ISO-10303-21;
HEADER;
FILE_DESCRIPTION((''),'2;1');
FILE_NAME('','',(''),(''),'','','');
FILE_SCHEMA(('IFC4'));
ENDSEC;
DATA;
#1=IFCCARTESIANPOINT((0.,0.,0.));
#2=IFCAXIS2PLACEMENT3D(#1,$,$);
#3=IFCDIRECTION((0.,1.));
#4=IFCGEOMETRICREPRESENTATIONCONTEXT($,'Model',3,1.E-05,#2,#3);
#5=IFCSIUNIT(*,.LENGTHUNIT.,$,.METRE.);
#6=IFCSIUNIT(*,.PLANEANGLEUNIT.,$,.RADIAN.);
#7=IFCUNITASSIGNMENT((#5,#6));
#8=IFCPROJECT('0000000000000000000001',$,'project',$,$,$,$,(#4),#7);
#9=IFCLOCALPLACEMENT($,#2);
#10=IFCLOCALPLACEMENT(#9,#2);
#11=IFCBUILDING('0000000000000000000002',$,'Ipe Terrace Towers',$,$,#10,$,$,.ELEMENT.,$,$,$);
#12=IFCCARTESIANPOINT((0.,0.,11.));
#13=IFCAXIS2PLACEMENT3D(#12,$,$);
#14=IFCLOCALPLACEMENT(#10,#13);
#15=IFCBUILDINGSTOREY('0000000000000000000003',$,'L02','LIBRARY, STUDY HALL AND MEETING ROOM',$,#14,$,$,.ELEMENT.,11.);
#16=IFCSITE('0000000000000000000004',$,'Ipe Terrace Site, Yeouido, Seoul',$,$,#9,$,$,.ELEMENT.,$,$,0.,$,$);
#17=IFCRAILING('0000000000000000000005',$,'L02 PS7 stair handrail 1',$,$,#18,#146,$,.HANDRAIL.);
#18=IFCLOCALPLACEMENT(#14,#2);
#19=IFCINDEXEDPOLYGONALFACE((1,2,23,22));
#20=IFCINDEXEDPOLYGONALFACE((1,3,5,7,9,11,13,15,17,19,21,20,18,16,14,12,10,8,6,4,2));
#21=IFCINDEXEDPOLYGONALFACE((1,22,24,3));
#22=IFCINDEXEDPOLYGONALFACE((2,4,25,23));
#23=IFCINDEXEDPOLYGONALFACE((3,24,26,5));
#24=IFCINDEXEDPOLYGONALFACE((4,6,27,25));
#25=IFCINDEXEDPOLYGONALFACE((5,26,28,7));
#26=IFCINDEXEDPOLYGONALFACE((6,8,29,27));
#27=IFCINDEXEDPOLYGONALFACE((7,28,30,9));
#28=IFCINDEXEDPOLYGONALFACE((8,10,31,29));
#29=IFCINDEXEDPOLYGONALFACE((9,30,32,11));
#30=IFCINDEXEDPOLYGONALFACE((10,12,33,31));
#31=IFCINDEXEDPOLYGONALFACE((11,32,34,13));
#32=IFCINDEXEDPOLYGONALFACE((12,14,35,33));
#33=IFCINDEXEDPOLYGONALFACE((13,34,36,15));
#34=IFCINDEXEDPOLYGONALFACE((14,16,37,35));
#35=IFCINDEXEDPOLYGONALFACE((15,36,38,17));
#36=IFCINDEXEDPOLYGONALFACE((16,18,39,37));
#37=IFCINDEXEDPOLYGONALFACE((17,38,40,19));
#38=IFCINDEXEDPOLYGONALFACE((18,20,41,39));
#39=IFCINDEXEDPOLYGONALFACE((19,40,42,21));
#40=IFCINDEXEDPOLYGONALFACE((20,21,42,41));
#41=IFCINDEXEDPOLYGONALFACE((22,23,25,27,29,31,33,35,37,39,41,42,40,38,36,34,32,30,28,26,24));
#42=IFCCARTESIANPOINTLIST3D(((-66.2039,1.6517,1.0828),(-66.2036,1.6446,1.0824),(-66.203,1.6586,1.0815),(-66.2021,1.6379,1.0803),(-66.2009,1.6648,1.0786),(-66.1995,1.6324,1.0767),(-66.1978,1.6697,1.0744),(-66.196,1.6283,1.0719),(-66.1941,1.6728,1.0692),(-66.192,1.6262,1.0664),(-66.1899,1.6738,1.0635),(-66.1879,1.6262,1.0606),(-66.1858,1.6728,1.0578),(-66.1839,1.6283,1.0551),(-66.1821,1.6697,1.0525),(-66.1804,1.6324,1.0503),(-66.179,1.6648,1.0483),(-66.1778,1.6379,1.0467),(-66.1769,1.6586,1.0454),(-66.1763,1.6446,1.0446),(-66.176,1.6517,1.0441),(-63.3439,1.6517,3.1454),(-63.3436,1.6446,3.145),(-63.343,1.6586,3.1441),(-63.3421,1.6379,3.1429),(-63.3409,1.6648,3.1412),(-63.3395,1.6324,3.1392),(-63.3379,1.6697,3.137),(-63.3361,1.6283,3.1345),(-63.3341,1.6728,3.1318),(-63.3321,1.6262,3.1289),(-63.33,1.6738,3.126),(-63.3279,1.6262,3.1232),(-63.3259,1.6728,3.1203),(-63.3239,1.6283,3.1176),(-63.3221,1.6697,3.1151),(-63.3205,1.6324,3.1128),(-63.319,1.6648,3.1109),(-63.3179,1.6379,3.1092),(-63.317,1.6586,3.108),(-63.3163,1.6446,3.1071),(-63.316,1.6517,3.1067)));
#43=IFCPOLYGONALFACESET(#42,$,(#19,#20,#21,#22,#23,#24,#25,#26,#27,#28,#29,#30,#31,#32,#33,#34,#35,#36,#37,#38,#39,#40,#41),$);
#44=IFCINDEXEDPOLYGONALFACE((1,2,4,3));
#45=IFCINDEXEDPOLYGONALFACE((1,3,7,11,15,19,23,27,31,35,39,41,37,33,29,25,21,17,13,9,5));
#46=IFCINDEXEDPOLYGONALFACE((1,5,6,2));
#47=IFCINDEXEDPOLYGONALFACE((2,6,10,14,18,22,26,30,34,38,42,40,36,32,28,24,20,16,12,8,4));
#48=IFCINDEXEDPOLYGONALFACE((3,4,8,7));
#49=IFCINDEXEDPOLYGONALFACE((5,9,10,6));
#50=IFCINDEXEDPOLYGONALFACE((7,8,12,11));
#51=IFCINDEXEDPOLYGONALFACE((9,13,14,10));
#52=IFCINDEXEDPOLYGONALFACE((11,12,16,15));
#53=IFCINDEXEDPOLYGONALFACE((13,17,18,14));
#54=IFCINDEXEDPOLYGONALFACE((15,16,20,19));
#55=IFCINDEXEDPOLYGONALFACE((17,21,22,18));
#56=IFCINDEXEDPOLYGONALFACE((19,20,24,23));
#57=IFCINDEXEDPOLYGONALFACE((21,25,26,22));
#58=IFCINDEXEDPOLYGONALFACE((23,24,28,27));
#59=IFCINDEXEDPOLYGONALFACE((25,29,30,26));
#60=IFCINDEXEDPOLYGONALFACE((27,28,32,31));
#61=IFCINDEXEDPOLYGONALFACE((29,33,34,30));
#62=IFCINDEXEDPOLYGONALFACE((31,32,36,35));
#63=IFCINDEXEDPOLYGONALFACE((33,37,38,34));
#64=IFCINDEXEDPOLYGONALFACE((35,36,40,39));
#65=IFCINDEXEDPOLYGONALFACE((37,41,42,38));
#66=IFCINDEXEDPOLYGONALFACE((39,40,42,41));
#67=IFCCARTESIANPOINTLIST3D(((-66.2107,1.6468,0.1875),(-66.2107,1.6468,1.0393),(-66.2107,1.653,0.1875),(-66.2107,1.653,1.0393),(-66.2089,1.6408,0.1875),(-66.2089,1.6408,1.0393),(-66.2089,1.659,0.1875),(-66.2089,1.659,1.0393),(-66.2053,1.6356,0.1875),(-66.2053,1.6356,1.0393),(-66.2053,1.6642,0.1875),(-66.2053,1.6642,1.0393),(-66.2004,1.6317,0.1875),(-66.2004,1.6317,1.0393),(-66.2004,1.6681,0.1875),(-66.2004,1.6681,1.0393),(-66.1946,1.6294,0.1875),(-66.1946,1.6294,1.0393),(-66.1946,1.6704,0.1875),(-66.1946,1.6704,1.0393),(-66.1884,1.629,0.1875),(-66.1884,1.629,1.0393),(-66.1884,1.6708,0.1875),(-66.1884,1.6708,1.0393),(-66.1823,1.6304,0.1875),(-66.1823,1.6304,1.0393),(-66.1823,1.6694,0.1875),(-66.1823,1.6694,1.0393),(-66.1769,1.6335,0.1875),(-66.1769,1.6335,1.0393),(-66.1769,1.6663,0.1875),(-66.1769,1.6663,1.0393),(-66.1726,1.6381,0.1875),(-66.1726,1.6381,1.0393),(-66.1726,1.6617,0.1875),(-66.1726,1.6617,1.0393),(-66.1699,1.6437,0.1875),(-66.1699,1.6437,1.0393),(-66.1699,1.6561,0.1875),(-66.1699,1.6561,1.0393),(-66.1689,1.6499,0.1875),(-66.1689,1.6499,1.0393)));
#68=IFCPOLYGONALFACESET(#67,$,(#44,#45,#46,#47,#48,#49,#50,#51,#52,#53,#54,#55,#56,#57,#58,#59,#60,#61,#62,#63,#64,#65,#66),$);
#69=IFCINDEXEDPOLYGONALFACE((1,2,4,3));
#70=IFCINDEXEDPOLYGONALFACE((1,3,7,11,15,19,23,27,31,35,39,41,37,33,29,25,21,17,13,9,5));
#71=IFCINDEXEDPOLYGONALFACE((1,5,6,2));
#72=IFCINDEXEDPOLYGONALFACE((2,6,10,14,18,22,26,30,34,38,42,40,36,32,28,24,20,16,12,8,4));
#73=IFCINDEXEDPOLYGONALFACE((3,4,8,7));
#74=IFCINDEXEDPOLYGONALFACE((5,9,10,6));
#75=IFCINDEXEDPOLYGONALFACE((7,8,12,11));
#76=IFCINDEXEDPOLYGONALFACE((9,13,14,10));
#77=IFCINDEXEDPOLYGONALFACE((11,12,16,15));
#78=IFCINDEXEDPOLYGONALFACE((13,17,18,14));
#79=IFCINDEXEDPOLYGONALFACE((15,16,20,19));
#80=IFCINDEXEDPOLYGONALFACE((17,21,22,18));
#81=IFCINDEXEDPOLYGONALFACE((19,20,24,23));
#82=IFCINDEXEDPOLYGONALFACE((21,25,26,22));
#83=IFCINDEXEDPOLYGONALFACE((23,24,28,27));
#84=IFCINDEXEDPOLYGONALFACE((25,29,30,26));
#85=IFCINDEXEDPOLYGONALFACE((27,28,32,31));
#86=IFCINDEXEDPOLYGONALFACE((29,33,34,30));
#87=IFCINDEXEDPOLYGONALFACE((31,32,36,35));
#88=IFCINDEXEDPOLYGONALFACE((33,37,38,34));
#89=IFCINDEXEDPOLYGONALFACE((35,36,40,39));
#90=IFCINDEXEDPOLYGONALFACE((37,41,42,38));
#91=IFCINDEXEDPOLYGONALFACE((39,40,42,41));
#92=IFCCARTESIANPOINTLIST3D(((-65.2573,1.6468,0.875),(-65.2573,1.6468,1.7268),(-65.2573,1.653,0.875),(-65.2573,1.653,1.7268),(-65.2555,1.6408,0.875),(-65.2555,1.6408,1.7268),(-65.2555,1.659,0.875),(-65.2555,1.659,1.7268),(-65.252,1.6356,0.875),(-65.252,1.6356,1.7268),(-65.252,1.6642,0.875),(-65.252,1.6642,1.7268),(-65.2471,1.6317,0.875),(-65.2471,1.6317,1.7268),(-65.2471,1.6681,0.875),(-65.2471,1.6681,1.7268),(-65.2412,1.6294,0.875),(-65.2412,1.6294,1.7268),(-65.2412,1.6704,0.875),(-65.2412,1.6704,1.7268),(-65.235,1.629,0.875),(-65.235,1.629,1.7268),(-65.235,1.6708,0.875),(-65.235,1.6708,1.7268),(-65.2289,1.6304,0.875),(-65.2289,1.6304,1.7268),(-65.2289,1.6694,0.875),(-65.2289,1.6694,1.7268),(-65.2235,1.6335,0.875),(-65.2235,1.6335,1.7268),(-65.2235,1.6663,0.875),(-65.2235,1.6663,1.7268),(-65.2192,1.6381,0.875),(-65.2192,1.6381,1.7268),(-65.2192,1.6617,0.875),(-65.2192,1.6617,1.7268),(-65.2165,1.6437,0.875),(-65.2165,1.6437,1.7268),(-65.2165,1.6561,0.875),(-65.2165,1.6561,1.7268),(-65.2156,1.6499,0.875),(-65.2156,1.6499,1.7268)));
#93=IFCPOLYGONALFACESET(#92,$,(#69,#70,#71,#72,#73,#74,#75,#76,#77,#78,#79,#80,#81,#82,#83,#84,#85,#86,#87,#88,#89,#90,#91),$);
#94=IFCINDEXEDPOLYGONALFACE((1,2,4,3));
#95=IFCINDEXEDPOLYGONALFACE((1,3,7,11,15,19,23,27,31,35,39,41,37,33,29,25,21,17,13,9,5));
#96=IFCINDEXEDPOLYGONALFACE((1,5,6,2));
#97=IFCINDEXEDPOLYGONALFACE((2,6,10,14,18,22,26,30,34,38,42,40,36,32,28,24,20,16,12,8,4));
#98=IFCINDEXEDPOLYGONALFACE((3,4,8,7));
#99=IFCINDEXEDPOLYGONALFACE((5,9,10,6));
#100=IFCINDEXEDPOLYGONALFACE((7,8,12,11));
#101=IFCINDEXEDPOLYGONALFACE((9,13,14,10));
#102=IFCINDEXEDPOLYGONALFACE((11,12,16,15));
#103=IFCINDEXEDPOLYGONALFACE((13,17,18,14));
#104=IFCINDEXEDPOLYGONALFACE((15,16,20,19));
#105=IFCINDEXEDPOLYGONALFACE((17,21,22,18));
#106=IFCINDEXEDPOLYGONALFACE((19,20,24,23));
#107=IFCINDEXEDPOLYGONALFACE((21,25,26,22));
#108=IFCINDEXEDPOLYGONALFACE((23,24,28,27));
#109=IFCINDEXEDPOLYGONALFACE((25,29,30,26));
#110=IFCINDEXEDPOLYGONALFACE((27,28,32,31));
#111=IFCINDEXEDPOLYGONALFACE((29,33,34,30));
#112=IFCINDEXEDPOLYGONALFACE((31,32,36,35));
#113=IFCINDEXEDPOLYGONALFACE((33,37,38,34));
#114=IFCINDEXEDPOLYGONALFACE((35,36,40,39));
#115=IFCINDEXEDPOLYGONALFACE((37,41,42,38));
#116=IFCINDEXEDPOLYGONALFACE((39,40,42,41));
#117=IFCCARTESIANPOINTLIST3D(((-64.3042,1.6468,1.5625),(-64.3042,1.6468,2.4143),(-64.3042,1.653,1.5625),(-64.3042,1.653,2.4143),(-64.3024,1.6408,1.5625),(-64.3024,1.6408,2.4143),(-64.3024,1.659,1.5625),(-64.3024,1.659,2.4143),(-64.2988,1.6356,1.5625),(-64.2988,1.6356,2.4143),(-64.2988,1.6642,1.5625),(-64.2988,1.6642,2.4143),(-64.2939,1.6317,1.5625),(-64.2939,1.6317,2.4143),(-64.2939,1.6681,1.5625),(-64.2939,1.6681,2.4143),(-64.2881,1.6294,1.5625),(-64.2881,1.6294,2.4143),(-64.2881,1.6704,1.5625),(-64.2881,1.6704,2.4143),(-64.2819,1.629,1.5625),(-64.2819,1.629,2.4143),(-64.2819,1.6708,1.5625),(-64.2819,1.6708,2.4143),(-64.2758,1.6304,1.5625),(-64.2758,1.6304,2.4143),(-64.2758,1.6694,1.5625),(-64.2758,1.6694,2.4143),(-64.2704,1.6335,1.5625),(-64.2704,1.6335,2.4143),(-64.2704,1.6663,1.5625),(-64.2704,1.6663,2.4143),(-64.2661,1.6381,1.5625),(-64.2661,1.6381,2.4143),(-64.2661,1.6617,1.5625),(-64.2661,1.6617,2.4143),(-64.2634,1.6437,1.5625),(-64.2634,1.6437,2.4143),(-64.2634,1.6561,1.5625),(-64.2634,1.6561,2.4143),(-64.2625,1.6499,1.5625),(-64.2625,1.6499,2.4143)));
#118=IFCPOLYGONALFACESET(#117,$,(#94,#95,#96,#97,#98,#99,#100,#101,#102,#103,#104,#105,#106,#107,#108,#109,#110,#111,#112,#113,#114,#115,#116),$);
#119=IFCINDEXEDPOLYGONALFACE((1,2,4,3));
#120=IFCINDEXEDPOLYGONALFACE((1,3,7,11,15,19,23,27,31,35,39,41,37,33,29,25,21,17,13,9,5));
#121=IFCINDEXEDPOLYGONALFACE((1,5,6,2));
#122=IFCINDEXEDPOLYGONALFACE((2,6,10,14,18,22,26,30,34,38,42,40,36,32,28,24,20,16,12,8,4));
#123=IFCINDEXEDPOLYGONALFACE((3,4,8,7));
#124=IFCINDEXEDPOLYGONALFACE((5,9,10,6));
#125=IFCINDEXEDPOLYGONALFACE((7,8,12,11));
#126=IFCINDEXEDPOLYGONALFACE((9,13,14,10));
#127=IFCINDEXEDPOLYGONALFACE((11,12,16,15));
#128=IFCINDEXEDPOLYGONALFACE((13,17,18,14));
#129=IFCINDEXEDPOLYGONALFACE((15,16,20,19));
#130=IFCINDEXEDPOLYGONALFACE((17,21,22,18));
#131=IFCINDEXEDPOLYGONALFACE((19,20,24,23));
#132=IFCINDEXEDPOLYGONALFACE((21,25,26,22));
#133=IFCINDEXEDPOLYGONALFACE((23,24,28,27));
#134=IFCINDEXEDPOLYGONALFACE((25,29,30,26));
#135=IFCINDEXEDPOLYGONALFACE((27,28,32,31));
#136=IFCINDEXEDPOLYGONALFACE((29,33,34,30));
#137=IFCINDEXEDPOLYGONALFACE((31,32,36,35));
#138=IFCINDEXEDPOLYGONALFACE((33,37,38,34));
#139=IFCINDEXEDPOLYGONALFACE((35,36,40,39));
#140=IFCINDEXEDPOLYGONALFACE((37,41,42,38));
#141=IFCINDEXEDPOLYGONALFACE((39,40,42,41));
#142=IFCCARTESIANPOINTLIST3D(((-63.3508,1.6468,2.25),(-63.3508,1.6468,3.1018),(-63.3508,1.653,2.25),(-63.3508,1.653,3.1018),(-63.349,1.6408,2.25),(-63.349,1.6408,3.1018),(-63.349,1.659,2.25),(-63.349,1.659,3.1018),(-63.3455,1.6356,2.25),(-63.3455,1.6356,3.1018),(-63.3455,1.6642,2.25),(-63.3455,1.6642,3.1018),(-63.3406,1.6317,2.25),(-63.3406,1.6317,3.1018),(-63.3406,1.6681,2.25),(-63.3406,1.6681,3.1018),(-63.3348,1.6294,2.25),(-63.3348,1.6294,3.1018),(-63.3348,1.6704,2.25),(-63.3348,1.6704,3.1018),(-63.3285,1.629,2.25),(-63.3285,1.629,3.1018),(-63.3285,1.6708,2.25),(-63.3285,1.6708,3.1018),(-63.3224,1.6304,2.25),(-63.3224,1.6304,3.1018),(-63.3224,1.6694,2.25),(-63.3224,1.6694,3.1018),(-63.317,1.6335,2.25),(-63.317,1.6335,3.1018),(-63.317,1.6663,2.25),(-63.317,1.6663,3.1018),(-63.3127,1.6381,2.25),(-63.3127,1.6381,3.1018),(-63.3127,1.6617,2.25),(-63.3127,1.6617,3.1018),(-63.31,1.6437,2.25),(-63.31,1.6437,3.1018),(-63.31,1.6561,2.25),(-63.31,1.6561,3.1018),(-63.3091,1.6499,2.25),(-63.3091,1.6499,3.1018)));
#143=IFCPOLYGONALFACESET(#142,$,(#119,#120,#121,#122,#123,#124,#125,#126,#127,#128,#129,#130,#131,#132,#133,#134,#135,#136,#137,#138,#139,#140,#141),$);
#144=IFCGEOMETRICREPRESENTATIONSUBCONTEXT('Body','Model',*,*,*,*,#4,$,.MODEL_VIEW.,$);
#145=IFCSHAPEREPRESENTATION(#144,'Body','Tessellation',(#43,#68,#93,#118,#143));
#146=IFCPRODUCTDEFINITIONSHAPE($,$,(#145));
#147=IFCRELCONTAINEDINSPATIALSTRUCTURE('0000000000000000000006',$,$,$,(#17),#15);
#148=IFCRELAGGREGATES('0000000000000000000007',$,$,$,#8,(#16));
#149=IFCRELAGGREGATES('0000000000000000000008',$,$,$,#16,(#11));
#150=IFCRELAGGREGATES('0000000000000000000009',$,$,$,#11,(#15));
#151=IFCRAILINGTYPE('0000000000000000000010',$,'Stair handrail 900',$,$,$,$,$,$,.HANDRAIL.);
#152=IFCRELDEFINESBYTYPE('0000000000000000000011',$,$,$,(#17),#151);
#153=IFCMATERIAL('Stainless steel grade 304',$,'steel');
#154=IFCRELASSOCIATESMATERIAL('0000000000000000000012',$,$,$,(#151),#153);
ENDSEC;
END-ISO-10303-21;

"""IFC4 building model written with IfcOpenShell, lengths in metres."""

from ifc_helpers import new_model, si_unit, direction, frame, origin, origin_2d, place, context, subcontext, project, spatial, circle, extrude, material, type_object, element, save


model = new_model("IFC4")

# Units and contexts
model_context = context("Model", 3, precision=1e-05, world=origin(), true_north=direction((0.0, 1.0)))
body_context = subcontext(model_context, "Body", "Model", "MODEL_VIEW")
ifc_project = project(units=[si_unit("LENGTHUNIT", "METRE"), si_unit("PLANEANGLEUNIT", "RADIAN")], contexts=[model_context])

# Site, building, storey
site_placement = place(None, origin())
site = spatial("IfcSite", under=ifc_project, at=site_placement, Name="Ipe Terrace Site, Yeouido, Seoul", CompositionType="ELEMENT", RefElevation=0.0)
building_placement = place(site_placement, origin())
building = spatial("IfcBuilding", under=site, at=building_placement, Name="Ipe Terrace Towers", CompositionType="ELEMENT")
storey_placement = place(building_placement, frame((0.0, 0.0, 11.0)))
storey = spatial("IfcBuildingStorey", under=building, at=storey_placement, Name="L02", Description="LIBRARY, STUDY HALL AND MEETING ROOM", CompositionType="ELEMENT", Elevation=11.0)

# Railing
ifc_material_1 = material(Name="Stainless steel grade 304", Category="steel")
railing_type_1 = type_object("IfcRailingType", Name="Stair handrail 900", PredefinedType="HANDRAIL", material=ifc_material_1)
railing_1_placement = place(storey_placement, frame((-66.1899, 1.6499, 0.1875)))
element("IfcRailing", 1, at=railing_1_placement, inside=storey, type_object=railing_type_1, Name="L02 PS7 stair handrail 1", PredefinedType="HANDRAIL", context=body_context, shape_type="SweptSolid", body=[
    extrude(circle(Radius=0.0239, at=origin_2d()), frame((0.0, 0.0, 0.876), z_axis=(0.811077, 0.0, 0.584939), x_axis=(0.0, 1.0, 0.0)), (0.0, 0.0, 1.0), 3.5261),
    extrude(circle(Radius=0.021, at=origin_2d()), origin(), (0.0, 0.0, 1.0), 0.8518),
    extrude(circle(Radius=0.021, at=origin_2d()), frame((0.9534, 0.0, 0.6875)), (0.0, 0.0, 1.0), 0.8518),
    extrude(circle(Radius=0.021, at=origin_2d()), frame((1.9065, 0.0, 1.375)), (0.0, 0.0, 1.0), 0.8518),
    extrude(circle(Radius=0.021, at=origin_2d()), frame((2.8599, 0.0, 2.0625)), (0.0, 0.0, 1.0), 0.8518),
])

save(model, "model.ifc")
